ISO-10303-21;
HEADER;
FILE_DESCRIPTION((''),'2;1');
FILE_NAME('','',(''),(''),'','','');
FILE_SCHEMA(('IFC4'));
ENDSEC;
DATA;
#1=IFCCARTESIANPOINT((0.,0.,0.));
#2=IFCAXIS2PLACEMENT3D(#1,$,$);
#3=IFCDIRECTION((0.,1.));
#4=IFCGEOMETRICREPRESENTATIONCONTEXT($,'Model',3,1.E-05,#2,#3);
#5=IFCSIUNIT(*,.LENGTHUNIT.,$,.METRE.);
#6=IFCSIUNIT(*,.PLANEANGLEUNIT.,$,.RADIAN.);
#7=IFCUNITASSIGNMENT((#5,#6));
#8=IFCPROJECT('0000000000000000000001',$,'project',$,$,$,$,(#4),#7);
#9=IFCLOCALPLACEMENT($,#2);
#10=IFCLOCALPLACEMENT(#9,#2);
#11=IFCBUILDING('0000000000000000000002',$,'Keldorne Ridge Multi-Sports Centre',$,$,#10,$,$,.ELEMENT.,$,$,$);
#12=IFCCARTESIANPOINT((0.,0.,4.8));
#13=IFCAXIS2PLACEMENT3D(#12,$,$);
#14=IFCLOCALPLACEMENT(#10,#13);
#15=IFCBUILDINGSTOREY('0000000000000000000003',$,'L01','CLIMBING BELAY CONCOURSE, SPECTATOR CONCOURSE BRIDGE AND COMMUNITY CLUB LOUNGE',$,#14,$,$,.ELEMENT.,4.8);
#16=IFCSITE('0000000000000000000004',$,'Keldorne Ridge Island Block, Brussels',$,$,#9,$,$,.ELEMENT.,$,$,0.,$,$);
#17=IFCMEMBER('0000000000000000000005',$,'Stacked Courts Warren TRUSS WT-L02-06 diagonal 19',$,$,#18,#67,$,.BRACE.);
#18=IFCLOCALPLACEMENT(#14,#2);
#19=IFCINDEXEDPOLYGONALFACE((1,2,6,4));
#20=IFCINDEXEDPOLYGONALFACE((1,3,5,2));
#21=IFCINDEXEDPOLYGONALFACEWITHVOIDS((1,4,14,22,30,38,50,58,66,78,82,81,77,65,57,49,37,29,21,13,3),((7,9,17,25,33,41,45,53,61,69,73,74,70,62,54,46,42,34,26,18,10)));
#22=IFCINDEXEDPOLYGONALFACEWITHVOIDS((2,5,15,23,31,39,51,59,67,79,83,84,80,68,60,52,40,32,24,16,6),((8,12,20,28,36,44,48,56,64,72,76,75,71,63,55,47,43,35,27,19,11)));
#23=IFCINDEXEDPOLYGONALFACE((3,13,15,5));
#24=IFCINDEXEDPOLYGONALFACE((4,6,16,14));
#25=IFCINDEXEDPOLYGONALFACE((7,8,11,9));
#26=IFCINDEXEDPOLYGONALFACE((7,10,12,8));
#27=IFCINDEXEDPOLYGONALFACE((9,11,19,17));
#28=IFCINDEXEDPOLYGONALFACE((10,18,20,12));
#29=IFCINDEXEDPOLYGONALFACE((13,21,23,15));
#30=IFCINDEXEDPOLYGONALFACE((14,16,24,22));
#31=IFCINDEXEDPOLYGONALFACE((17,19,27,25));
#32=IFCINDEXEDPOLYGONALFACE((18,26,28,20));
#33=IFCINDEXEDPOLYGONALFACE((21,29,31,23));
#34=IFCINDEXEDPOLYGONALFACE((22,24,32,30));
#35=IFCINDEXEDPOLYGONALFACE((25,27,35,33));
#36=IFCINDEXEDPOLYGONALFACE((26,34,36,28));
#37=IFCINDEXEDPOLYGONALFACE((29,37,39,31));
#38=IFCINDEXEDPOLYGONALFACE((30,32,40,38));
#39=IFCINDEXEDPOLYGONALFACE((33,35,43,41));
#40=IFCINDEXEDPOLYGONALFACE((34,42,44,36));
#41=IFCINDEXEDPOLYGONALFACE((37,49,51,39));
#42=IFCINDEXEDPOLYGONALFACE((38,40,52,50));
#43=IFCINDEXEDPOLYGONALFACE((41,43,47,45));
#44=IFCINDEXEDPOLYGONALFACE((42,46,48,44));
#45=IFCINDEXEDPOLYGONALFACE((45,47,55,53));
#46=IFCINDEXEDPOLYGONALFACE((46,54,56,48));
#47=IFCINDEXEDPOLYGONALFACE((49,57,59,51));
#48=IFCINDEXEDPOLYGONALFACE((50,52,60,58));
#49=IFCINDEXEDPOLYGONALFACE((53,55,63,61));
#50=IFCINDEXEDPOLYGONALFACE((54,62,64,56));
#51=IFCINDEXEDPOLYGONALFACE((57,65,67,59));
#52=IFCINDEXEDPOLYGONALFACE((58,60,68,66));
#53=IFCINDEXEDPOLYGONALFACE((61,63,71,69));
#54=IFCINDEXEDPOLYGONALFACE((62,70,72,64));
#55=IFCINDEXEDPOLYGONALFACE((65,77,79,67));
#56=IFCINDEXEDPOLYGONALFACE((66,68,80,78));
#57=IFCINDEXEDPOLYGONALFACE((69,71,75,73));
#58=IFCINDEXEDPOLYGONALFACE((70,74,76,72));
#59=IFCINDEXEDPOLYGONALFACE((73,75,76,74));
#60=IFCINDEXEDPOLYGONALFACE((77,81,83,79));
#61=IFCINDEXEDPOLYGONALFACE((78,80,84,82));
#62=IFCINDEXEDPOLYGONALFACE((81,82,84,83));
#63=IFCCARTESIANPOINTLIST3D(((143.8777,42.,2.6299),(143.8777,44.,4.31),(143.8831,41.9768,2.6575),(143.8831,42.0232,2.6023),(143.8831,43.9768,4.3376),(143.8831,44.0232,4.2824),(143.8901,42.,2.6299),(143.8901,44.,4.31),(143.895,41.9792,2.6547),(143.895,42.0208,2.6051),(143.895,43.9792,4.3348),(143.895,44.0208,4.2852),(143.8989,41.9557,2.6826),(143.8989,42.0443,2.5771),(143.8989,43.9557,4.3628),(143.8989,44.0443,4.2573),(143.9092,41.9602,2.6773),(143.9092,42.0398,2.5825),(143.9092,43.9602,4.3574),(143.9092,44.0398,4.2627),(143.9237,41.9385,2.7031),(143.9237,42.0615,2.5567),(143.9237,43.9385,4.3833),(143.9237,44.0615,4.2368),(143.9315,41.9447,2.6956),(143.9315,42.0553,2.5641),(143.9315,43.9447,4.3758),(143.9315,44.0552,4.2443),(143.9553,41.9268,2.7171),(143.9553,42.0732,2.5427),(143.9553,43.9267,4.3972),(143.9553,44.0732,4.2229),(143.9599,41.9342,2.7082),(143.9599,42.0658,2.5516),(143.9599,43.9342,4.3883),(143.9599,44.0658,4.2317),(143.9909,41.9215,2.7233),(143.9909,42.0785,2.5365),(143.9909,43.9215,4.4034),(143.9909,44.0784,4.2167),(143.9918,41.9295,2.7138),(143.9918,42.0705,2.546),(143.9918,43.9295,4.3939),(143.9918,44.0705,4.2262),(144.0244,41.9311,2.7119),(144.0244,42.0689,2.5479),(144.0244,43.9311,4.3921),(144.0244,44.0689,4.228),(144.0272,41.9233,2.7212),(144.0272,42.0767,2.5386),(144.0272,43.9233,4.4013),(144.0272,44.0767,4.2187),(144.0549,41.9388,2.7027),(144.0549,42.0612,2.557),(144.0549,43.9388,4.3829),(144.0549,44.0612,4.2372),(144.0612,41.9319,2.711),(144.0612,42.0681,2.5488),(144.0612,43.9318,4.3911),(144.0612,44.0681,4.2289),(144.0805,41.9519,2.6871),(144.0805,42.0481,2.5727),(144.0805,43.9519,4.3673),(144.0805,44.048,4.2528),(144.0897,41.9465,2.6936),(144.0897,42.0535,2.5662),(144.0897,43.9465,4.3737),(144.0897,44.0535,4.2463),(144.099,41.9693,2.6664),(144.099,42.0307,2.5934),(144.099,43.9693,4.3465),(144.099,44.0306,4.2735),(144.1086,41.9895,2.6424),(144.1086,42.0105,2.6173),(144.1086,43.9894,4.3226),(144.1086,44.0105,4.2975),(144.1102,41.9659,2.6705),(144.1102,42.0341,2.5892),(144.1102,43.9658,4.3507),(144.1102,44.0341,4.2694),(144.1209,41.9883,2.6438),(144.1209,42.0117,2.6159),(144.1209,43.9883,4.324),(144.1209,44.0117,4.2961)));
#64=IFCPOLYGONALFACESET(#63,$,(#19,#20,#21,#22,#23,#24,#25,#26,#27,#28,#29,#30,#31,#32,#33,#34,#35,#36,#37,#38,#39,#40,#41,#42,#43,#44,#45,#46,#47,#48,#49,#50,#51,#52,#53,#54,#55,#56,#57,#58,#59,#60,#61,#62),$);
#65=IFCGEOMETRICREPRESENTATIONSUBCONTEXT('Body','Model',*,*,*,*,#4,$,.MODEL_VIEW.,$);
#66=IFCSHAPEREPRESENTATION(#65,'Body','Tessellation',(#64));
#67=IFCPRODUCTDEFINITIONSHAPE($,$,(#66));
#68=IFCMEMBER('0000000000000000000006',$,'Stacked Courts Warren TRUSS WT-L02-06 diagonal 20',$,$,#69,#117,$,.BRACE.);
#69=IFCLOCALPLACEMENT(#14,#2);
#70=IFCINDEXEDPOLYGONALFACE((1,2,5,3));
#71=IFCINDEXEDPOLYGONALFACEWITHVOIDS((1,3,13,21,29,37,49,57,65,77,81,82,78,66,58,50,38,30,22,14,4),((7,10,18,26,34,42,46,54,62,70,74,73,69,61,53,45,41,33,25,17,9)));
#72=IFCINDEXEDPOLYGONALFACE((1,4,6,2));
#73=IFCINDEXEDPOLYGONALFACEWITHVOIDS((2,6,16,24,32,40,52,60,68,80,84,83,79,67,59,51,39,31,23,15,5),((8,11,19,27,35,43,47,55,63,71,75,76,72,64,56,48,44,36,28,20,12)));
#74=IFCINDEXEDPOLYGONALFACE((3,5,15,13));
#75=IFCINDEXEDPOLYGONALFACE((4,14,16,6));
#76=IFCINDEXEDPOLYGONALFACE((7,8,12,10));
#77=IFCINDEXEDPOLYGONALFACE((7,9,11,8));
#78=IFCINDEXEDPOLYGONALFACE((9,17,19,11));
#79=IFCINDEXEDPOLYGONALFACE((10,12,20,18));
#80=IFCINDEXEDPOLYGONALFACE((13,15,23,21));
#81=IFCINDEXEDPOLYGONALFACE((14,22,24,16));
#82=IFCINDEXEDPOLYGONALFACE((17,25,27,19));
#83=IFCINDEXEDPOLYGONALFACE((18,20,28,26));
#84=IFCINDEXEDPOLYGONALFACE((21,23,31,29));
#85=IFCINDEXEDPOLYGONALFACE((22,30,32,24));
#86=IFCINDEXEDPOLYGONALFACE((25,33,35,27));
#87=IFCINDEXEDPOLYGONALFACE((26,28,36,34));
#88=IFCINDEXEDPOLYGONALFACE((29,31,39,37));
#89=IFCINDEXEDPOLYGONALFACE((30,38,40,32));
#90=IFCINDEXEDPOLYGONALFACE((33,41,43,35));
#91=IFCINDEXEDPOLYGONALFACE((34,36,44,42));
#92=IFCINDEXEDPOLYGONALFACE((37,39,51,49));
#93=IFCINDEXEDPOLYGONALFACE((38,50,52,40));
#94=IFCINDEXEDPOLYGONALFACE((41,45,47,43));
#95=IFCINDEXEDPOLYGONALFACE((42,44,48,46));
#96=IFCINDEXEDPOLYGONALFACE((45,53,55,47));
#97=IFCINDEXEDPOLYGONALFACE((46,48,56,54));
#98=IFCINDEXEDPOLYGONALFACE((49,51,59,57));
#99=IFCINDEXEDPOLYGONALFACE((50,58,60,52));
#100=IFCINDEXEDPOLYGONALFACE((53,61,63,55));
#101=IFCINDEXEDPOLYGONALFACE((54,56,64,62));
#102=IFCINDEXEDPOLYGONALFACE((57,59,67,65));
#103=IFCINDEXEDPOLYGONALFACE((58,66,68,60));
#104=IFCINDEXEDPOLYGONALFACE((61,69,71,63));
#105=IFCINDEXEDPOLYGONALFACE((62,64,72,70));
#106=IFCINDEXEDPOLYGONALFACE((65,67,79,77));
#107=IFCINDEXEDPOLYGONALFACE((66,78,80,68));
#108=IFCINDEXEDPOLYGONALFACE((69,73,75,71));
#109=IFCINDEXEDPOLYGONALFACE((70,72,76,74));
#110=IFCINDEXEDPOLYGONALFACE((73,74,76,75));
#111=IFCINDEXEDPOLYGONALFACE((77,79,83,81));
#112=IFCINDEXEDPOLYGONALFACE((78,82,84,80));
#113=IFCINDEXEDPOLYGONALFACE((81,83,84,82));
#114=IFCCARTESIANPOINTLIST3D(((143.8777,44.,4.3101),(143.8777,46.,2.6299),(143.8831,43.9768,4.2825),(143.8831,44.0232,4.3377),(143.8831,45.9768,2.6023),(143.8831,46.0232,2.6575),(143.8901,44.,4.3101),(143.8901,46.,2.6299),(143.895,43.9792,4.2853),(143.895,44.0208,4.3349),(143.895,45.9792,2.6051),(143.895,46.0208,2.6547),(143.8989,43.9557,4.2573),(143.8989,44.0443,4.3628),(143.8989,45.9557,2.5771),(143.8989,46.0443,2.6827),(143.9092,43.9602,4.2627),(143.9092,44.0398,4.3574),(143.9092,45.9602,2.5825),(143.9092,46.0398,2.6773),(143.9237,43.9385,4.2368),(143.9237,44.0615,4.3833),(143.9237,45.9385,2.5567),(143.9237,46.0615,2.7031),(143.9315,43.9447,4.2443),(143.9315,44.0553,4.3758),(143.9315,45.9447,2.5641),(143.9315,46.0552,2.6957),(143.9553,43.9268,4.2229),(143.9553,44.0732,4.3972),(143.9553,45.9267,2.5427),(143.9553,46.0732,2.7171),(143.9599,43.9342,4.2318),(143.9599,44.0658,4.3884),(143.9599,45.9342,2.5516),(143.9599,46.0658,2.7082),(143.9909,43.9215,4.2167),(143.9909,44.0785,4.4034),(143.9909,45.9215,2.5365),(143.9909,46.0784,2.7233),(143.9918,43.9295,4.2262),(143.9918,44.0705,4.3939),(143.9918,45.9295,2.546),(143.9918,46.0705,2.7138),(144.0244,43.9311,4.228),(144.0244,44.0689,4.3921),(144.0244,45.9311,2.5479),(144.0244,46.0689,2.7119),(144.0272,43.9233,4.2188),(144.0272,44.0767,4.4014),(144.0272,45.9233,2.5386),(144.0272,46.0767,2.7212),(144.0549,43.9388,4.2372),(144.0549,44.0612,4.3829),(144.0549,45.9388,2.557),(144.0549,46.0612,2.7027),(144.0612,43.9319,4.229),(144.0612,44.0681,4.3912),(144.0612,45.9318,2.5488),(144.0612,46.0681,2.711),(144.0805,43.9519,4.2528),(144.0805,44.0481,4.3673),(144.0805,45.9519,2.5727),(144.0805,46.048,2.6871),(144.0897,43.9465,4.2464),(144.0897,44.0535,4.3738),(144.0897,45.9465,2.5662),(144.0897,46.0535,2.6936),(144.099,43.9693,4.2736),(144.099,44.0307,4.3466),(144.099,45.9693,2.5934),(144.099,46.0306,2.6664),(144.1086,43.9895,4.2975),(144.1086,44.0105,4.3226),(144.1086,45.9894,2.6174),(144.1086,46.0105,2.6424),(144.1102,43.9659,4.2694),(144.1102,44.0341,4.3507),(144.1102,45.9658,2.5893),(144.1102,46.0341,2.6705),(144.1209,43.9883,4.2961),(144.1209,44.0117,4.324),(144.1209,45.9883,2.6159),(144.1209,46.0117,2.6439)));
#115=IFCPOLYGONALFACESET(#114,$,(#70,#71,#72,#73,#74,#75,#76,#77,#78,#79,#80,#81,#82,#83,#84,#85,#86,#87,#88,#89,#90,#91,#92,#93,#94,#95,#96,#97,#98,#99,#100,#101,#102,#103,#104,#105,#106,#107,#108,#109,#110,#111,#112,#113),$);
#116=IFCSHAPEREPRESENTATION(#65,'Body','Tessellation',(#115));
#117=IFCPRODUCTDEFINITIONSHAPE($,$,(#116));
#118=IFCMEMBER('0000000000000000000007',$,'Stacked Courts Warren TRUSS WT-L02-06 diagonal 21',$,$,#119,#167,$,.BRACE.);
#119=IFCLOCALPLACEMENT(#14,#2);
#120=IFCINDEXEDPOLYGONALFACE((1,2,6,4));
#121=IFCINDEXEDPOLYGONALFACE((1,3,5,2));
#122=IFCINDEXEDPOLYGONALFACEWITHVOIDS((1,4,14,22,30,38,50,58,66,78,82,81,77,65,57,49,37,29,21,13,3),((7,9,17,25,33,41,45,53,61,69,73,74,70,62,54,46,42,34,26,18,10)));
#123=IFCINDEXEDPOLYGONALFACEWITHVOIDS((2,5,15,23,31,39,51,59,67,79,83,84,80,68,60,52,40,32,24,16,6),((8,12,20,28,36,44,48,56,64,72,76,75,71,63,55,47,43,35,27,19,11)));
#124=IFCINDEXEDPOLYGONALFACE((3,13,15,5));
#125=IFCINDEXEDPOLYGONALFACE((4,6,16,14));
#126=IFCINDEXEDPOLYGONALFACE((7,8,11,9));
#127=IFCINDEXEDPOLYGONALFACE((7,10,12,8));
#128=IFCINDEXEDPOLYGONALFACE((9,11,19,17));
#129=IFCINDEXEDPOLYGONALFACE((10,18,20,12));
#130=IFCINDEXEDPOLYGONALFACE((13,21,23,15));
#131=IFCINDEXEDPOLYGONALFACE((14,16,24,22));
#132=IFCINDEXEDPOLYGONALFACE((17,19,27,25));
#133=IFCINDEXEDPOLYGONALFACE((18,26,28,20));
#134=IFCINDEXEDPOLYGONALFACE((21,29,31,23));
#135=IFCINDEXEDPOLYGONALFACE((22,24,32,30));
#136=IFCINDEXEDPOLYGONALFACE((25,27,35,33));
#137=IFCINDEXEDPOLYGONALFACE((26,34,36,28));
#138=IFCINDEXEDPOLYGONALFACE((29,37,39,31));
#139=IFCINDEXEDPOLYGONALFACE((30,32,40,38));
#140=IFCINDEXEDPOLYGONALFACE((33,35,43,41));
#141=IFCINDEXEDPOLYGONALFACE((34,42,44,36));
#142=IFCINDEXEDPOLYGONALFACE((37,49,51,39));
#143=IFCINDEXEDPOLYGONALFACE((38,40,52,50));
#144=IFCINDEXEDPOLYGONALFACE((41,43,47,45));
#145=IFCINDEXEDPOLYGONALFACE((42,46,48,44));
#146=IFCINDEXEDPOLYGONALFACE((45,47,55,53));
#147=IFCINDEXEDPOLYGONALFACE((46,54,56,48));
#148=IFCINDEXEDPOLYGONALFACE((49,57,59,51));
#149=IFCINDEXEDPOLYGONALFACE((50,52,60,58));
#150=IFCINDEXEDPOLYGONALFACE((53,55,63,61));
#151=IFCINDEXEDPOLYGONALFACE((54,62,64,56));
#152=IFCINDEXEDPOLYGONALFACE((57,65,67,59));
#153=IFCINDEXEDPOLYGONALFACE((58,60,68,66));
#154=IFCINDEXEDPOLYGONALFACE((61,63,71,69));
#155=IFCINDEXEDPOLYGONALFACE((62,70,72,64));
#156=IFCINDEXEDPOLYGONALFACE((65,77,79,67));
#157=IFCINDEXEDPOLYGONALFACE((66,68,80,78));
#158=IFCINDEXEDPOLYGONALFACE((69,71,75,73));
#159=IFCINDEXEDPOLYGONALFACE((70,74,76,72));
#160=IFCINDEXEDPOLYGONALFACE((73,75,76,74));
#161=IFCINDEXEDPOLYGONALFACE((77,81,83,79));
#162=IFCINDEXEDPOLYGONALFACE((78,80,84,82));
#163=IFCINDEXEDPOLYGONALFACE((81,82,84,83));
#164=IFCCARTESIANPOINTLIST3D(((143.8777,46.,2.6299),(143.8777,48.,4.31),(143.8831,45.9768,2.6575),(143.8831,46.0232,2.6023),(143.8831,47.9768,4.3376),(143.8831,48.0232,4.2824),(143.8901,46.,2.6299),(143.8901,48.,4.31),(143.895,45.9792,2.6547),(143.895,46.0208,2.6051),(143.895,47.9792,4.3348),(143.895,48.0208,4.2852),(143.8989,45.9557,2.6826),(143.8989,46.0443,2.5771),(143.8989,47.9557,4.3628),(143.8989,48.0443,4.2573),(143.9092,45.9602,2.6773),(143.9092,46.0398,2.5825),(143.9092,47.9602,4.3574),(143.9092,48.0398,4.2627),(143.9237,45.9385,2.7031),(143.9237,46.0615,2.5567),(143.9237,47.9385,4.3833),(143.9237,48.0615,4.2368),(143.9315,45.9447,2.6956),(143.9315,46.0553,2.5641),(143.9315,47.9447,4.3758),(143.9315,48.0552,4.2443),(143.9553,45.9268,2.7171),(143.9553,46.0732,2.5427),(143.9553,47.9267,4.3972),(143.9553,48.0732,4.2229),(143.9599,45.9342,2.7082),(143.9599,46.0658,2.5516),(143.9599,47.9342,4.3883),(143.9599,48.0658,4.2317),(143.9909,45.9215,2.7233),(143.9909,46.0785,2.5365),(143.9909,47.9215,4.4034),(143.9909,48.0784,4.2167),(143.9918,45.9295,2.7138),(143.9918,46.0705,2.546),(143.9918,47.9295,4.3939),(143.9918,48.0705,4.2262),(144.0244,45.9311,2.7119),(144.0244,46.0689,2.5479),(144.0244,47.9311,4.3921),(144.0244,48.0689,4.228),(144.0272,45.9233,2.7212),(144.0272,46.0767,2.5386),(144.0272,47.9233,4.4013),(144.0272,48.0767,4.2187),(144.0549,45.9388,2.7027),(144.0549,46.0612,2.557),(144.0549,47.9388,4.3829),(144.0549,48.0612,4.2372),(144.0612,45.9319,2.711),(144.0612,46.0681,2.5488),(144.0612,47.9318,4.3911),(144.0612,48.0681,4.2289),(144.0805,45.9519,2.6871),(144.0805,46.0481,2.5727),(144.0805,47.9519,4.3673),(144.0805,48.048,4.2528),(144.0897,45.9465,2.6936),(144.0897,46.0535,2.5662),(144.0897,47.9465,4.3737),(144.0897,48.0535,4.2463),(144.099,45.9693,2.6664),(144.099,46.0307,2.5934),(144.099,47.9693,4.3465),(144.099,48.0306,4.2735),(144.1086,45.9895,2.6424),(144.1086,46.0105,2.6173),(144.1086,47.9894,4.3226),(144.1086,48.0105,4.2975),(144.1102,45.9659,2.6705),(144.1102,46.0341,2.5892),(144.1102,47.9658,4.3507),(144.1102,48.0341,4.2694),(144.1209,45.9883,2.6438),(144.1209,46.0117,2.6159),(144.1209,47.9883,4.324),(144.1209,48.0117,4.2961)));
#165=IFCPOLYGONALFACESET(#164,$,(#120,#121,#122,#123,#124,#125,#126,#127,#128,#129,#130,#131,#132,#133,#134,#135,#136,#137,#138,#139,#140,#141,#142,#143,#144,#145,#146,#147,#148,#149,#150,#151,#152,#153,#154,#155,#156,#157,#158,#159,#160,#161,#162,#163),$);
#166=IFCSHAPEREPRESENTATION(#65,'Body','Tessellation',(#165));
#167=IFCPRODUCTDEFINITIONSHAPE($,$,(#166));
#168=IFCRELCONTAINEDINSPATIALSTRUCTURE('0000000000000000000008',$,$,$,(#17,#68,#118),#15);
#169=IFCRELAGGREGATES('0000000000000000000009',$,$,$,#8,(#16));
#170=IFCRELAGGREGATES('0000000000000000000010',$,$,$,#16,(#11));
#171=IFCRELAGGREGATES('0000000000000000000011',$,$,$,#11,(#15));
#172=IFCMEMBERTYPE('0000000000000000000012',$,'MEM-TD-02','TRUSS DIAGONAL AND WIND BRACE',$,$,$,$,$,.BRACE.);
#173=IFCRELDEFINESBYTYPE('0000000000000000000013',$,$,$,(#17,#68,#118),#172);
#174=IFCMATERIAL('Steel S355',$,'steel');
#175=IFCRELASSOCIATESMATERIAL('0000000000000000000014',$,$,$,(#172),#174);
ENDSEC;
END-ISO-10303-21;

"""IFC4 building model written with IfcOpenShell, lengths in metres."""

from ifc_helpers import new_model, si_unit, direction, frame, origin, origin_2d, place, context, subcontext, project, spatial, hollow_circle, extrude, material, material_profile, profile_set, type_object, element, save


model = new_model("IFC4")

# Units and contexts
model_context = context("Model", 3, precision=1e-05, world=origin(), true_north=direction((0.0, 1.0)))
body_context = subcontext(model_context, "Body", "Model", "MODEL_VIEW")
ifc_project = project(units=[si_unit("LENGTHUNIT", "METRE"), si_unit("PLANEANGLEUNIT", "RADIAN")], contexts=[model_context])

# Site, building, storey
site_placement = place(None, origin())
site = spatial("IfcSite", under=ifc_project, at=site_placement, Name="Keldorne Ridge Island Block, Brussels", CompositionType="ELEMENT", RefElevation=0.0)
building_placement = place(site_placement, origin())
building = spatial("IfcBuilding", under=site, at=building_placement, Name="Keldorne Ridge Multi-Sports Centre", CompositionType="ELEMENT")
storey_placement = place(building_placement, frame((0.0, 0.0, 4.8)))
storey = spatial("IfcBuildingStorey", under=building, at=storey_placement, Name="L01", Description="CLIMBING BELAY CONCOURSE, SPECTATOR CONCOURSE BRIDGE AND COMMUNITY CLUB LOUNGE", CompositionType="ELEMENT", Elevation=4.8)

# Members
ifc_material = material(Name="Steel S355", Category="steel")
ifc_material_profile_1 = material_profile(ifc_material, hollow_circle(Radius=0.1223, WallThickness=0.0125, at=origin_2d()), Name="CHS 244.5x12.5")
ifc_profile_set_1 = profile_set([ifc_material_profile_1], Name="Steel S355")
member_type_1 = type_object("IfcMemberType", Name="MEM-TD-02", Description="TRUSS DIAGONAL AND WIND BRACE", PredefinedType="BRACE", material=ifc_profile_set_1)
for number, where, z_axis, x_axis, name in (
    (1, (144.0, 42.0, 2.6299), (0.0, 0.765672, 0.643232), (-1.0, 0.0, 0.0), "Stacked Courts Warren TRUSS WT-L02-06 diagonal 19"),
    (2, (144.0, 44.0, 4.3101), (0.0, 0.765672, -0.643232), (-1.0, 0.0, 0.0), "Stacked Courts Warren TRUSS WT-L02-06 diagonal 20"),
    (3, (144.0, 46.0, 2.6299), (0.0, 0.765672, 0.643232), (-1.0, 0.0, 0.0), "Stacked Courts Warren TRUSS WT-L02-06 diagonal 21"),
):
    element("IfcMember", number, at=place(storey_placement, frame(where, z_axis=z_axis, x_axis=x_axis)), inside=storey, type_object=member_type_1, Name=name, PredefinedType="BRACE", context=body_context, shape_type="SweptSolid", body=[
        extrude(hollow_circle(Radius=0.1223, WallThickness=0.0125, at=origin_2d()), origin(), (0.0, 0.0, 1.0), 2.6121),
    ])

save(model, "model.ifc")
